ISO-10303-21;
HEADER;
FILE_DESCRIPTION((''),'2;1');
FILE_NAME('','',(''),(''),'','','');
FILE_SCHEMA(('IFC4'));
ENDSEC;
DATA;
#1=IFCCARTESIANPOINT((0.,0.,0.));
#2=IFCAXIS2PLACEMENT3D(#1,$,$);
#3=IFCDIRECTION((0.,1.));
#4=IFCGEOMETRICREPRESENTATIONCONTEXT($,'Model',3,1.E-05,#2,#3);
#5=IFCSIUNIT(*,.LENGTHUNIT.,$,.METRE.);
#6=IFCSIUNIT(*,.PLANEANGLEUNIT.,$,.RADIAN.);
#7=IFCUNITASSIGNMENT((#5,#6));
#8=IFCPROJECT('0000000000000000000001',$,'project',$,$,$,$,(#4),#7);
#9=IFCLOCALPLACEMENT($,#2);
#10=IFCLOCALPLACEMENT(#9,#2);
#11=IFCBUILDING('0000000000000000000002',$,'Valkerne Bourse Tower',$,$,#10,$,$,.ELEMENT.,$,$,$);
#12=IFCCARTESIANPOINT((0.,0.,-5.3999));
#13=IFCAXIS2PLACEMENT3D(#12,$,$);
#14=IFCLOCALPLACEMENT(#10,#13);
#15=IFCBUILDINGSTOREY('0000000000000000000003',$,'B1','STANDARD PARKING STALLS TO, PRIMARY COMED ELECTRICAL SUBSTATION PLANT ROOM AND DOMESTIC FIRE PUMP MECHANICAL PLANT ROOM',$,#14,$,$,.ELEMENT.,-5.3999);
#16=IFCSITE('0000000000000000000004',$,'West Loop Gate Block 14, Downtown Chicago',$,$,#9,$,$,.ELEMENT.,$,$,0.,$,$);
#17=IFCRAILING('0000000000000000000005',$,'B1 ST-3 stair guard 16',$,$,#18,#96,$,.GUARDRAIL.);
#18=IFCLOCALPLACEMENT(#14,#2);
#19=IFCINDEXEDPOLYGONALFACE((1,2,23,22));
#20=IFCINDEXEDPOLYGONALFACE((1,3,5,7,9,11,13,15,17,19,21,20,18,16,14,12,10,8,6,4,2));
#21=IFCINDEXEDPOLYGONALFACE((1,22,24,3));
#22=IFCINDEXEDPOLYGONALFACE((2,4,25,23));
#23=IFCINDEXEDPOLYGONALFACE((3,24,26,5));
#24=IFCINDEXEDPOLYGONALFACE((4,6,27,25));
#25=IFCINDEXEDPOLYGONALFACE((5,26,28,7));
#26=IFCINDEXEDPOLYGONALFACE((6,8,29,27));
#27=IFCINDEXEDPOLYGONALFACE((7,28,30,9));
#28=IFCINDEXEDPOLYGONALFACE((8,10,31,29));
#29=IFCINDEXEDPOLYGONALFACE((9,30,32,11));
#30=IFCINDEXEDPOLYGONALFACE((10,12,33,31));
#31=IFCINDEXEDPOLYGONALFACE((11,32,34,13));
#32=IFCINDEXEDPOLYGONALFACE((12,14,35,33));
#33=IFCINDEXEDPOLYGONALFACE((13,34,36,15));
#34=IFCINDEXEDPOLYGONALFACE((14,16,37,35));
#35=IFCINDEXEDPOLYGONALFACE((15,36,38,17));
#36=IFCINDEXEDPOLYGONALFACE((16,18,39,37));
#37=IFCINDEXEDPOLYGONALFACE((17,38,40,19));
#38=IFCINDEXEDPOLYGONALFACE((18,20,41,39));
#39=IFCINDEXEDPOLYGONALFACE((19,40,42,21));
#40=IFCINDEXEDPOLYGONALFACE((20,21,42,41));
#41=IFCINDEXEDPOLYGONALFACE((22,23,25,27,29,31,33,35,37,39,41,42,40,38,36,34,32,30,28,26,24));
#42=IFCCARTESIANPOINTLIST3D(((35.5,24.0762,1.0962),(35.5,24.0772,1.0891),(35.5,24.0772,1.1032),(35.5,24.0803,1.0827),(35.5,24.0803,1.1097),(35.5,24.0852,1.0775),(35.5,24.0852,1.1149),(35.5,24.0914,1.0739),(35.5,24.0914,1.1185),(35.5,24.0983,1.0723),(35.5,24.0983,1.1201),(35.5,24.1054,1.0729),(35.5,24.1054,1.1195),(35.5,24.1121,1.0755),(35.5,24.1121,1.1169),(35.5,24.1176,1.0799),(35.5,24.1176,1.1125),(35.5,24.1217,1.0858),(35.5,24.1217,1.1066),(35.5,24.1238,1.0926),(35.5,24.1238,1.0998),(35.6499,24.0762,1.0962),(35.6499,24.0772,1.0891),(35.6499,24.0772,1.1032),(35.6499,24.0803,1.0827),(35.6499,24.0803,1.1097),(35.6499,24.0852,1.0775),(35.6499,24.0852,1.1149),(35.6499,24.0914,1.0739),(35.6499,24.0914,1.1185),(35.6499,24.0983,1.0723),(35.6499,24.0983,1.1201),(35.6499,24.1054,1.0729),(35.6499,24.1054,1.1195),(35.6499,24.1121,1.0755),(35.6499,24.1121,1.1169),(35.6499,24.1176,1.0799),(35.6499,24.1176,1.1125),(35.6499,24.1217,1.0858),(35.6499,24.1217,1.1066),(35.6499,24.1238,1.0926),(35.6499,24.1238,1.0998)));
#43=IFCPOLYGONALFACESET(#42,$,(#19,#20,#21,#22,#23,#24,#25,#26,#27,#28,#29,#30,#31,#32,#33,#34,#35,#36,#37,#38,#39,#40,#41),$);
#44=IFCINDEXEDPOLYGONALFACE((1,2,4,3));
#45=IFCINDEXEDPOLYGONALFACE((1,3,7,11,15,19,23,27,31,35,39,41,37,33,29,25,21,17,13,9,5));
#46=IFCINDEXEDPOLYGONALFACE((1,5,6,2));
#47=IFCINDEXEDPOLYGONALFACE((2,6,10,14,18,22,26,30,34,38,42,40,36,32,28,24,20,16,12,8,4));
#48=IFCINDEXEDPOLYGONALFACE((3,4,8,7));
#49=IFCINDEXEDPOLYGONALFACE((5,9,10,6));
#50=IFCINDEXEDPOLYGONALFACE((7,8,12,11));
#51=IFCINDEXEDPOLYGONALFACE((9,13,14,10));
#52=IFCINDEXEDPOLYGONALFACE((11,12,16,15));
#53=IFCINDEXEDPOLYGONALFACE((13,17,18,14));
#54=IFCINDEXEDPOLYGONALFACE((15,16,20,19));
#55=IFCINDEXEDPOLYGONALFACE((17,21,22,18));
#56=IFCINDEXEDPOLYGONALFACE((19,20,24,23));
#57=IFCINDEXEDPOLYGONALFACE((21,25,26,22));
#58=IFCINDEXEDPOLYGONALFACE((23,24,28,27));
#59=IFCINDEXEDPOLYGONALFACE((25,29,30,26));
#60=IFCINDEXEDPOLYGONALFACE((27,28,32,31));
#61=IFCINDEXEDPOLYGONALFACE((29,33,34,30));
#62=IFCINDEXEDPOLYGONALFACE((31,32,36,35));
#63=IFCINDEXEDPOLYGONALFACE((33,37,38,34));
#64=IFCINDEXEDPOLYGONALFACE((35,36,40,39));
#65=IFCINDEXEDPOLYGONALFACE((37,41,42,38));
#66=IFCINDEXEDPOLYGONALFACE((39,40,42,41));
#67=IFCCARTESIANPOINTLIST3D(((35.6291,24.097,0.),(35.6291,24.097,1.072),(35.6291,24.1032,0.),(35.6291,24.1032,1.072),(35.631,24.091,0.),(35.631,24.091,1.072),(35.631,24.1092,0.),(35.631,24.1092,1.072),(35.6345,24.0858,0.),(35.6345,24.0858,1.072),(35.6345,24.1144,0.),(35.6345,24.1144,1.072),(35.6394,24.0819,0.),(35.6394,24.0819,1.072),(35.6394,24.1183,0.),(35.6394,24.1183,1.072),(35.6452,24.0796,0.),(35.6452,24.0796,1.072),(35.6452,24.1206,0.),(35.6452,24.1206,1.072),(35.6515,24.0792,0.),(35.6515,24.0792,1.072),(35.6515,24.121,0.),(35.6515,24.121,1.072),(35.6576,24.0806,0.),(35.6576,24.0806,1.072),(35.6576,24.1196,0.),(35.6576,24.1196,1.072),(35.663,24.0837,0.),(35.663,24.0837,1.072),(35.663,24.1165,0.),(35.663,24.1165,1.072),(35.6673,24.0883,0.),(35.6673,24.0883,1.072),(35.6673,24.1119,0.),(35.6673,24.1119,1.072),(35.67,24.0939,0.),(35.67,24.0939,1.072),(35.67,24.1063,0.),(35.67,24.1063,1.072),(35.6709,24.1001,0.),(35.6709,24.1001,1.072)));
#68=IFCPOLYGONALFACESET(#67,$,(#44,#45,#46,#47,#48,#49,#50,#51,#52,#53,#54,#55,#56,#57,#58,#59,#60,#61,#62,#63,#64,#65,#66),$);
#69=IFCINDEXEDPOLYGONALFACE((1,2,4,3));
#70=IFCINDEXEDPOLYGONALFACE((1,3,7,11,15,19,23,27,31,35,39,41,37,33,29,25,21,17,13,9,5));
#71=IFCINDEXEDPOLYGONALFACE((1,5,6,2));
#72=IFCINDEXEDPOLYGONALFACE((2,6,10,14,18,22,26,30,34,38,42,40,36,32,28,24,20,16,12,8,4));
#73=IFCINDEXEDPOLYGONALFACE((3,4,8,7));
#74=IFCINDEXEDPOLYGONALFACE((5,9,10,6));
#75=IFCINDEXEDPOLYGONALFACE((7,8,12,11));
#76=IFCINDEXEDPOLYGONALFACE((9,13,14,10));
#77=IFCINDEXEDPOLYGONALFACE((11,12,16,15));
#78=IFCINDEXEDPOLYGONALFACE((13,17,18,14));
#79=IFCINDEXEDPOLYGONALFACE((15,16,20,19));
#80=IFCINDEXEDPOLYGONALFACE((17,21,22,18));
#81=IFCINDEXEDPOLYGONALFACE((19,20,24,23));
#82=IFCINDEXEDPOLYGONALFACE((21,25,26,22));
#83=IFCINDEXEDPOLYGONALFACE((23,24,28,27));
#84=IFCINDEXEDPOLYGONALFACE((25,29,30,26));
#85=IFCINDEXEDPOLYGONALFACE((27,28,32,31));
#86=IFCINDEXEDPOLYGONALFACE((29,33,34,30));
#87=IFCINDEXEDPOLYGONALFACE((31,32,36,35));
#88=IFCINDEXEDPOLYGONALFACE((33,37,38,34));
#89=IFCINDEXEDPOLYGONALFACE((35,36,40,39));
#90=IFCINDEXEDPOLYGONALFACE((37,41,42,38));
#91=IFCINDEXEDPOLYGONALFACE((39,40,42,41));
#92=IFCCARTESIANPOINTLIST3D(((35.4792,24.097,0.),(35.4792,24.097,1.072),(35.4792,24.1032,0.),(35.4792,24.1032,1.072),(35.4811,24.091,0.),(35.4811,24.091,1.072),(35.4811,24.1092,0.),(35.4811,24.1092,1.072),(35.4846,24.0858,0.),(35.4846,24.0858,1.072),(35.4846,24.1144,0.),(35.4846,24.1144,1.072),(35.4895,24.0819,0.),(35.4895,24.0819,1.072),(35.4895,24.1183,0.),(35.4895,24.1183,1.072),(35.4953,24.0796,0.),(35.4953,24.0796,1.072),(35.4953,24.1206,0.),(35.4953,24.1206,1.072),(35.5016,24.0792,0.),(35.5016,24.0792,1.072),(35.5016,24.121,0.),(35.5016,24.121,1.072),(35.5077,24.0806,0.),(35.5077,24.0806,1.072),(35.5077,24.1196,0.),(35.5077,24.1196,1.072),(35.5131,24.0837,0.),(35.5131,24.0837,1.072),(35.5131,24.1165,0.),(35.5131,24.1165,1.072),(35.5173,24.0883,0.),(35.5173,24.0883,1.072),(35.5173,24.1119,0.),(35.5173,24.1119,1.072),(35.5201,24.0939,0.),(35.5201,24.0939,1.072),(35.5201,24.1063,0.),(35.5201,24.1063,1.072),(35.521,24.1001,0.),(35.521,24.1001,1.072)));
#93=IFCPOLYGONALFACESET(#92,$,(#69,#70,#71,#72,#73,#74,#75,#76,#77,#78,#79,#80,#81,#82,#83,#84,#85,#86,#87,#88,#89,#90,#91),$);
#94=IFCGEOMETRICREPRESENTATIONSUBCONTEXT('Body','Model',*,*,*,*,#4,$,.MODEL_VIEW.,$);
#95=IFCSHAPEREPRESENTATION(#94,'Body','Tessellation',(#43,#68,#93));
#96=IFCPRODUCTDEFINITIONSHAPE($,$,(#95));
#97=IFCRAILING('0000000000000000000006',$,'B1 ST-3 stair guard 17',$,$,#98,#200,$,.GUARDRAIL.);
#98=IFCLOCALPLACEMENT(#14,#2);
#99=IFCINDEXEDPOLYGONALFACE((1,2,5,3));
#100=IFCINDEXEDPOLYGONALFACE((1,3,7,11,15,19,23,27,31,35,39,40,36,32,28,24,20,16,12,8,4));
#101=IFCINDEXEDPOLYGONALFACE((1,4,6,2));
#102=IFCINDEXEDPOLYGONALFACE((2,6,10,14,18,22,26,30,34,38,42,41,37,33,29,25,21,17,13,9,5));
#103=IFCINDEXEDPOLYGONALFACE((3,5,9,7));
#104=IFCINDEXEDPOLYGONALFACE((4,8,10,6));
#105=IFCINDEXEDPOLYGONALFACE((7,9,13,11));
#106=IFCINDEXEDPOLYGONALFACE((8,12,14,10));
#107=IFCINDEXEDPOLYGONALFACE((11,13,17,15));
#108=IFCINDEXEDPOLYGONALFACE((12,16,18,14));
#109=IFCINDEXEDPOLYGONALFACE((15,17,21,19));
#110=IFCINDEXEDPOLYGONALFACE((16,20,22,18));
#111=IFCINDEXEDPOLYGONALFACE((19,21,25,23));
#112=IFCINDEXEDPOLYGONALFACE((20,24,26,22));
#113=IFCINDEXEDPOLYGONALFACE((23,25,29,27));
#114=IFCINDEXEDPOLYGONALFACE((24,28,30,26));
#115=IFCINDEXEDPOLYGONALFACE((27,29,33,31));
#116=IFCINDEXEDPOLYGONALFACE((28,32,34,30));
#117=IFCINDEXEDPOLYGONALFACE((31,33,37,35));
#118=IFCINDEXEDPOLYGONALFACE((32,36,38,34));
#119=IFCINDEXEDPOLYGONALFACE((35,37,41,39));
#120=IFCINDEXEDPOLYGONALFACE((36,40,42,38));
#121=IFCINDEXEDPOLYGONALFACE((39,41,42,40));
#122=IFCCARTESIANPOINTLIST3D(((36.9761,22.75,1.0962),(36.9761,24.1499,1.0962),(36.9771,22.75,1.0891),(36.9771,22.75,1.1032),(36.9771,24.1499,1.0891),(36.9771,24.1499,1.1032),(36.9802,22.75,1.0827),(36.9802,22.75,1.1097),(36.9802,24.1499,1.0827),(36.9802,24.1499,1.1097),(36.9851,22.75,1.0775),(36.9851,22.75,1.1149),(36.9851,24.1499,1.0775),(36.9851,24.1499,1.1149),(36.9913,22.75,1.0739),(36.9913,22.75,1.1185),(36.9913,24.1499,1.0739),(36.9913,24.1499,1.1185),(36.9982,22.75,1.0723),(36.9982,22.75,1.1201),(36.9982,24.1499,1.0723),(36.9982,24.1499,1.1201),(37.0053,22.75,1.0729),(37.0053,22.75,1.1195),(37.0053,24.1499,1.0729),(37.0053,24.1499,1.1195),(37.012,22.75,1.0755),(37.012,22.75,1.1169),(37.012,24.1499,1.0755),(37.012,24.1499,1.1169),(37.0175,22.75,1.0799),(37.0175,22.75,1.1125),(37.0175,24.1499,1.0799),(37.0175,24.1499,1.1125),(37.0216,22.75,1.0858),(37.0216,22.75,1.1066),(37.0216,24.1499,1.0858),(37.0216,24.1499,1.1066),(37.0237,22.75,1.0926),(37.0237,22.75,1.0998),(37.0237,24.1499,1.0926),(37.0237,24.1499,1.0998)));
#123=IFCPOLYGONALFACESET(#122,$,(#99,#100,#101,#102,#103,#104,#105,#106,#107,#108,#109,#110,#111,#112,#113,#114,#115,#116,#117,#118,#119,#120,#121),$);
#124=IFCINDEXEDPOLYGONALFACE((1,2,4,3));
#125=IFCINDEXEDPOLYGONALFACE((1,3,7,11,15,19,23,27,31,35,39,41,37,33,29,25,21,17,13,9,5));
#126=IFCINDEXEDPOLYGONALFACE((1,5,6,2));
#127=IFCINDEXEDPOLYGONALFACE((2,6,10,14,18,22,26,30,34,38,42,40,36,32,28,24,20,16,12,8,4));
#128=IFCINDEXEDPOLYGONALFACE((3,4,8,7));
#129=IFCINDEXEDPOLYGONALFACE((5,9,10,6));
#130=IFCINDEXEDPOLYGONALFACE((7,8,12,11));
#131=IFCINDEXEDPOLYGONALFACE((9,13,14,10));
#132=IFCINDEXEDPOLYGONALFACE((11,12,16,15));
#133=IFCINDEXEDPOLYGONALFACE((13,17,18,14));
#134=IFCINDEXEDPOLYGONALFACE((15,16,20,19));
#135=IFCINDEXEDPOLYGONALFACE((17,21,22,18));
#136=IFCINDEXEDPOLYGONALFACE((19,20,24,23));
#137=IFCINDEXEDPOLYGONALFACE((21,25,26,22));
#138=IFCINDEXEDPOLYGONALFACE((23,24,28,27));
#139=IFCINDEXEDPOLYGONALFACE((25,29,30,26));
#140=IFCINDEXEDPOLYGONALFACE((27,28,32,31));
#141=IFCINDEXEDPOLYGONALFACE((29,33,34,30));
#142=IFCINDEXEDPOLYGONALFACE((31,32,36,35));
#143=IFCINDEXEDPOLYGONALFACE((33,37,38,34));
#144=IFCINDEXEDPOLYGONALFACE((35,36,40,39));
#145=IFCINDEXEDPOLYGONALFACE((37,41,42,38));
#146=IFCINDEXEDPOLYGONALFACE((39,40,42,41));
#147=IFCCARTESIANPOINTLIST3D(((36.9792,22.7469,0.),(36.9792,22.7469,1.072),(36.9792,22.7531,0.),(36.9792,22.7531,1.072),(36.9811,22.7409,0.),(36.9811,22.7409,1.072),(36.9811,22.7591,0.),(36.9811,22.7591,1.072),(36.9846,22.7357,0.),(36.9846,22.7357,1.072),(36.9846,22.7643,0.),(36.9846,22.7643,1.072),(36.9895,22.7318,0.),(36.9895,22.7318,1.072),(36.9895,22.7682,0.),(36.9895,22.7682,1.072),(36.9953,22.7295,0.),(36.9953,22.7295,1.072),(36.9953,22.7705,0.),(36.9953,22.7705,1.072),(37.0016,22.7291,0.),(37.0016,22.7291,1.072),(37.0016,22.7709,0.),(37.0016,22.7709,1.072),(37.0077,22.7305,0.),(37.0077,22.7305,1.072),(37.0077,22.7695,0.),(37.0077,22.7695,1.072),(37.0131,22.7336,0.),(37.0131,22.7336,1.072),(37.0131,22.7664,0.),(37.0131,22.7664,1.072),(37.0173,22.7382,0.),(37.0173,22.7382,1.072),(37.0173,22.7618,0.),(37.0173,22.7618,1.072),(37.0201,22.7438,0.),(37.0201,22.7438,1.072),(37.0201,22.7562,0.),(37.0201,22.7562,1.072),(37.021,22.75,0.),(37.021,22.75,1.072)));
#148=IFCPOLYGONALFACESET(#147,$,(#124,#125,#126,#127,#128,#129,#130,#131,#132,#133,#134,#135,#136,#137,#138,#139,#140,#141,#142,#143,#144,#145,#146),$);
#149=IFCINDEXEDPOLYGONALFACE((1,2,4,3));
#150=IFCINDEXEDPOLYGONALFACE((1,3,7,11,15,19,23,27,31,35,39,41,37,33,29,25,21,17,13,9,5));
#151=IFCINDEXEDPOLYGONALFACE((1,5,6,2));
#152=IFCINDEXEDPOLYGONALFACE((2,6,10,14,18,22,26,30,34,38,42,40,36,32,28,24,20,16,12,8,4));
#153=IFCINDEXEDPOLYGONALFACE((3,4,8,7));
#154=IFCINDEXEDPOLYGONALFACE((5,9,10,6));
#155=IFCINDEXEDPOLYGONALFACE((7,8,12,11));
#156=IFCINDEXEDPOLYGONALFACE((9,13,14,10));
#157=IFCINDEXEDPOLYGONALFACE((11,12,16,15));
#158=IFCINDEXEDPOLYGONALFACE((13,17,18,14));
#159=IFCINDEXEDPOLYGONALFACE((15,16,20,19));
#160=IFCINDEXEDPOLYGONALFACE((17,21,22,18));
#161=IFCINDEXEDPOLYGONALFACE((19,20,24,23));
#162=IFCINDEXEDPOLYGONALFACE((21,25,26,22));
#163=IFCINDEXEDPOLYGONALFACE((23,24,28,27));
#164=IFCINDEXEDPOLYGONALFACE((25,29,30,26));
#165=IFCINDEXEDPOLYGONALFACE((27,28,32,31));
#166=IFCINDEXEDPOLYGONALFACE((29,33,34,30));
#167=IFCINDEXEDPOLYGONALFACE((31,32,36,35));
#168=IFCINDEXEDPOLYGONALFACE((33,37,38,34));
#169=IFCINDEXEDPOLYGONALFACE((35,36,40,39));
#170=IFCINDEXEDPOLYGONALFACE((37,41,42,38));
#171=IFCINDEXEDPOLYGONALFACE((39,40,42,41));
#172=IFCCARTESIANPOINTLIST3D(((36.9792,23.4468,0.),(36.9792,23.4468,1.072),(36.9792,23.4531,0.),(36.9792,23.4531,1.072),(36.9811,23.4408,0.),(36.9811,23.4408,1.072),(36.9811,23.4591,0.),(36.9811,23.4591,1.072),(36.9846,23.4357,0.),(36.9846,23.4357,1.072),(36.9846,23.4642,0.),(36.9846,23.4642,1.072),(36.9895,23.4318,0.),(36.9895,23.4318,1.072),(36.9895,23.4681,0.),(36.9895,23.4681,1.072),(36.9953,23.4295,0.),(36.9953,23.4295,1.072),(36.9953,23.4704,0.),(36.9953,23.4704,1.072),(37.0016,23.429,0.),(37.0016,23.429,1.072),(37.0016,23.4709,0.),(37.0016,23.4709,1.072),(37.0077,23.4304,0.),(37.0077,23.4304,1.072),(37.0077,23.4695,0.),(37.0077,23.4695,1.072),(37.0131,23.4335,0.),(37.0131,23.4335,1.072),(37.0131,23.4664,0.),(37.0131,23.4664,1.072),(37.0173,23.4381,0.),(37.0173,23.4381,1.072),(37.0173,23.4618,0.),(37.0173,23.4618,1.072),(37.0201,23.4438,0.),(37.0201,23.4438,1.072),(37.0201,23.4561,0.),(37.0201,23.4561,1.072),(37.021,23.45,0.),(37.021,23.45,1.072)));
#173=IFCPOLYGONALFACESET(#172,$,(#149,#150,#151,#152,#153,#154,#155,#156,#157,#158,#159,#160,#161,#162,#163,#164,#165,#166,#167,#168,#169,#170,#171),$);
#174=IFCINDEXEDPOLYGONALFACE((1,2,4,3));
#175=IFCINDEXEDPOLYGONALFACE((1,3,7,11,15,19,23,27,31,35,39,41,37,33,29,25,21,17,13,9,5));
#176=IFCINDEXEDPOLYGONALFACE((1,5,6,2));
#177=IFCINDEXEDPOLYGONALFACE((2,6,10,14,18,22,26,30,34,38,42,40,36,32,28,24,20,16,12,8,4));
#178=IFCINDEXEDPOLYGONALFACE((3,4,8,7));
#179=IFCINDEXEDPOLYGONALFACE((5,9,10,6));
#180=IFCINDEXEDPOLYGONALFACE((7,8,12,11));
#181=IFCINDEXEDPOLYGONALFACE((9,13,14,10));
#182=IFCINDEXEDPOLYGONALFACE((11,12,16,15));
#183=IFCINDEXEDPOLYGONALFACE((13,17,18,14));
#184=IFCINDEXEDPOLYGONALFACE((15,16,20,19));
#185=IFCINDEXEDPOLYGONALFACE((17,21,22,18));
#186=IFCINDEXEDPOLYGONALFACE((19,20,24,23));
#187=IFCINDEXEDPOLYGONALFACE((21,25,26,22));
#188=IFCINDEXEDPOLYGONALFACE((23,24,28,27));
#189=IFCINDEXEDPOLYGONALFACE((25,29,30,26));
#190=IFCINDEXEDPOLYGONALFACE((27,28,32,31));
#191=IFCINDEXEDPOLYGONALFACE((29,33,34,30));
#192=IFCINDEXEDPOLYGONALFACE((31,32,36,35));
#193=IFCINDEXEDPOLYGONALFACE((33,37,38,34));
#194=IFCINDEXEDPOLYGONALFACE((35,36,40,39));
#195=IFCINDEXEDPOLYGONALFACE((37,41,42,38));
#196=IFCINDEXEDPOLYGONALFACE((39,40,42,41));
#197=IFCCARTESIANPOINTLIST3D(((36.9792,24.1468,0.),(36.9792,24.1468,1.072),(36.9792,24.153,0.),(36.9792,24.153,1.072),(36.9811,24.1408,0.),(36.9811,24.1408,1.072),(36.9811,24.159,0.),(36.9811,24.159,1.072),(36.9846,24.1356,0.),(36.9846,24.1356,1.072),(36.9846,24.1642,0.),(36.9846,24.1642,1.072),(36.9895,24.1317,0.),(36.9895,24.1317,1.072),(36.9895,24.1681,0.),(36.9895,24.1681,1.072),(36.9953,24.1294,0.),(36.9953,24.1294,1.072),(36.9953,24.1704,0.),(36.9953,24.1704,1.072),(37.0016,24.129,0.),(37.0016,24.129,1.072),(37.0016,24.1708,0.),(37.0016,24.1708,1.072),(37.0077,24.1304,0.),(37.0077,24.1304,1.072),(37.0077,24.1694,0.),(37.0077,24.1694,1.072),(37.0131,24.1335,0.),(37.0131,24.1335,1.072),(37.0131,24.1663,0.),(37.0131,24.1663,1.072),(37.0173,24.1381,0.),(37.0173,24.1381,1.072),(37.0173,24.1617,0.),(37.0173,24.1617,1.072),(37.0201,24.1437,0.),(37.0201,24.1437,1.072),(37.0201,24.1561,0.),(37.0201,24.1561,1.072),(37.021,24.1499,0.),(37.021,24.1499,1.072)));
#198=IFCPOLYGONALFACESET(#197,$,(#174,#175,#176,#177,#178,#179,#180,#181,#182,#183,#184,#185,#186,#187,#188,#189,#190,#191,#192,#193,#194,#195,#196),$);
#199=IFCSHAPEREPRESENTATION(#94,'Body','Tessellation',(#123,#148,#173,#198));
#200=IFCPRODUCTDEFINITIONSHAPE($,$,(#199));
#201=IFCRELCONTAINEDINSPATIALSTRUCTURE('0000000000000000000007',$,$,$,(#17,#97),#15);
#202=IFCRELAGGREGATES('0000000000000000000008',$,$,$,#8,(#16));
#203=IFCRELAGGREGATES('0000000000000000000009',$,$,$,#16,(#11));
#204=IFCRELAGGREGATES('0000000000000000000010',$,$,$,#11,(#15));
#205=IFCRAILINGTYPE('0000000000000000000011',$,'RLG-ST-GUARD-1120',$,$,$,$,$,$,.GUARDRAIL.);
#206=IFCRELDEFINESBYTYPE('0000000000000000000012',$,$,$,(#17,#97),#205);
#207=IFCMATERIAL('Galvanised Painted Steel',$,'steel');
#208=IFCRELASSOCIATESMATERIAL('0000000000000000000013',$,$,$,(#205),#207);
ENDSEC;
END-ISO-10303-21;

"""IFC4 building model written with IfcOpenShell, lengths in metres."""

from ifc_helpers import new_model, si_unit, direction, frame, origin, origin_2d, place, context, subcontext, project, spatial, circle, extrude, material, type_object, element, save


model = new_model("IFC4")

# Units and contexts
model_context = context("Model", 3, precision=1e-05, world=origin(), true_north=direction((0.0, 1.0)))
body_context = subcontext(model_context, "Body", "Model", "MODEL_VIEW")
ifc_project = project(units=[si_unit("LENGTHUNIT", "METRE"), si_unit("PLANEANGLEUNIT", "RADIAN")], contexts=[model_context])

# Site, building, storey
site_placement = place(None, origin())
site = spatial("IfcSite", under=ifc_project, at=site_placement, Name="West Loop Gate Block 14, Downtown Chicago", CompositionType="ELEMENT", RefElevation=0.0)
building_placement = place(site_placement, origin())
building = spatial("IfcBuilding", under=site, at=building_placement, Name="Valkerne Bourse Tower", CompositionType="ELEMENT")
storey_placement = place(building_placement, frame((0.0, 0.0, -5.3999)))
storey = spatial("IfcBuildingStorey", under=building, at=storey_placement, Name="B1", Description="STANDARD PARKING STALLS TO, PRIMARY COMED ELECTRICAL SUBSTATION PLANT ROOM AND DOMESTIC FIRE PUMP MECHANICAL PLANT ROOM", CompositionType="ELEMENT", Elevation=-5.3999)

# Shared definitions
ifc_material_1 = material(Name="Galvanised Painted Steel", Category="steel")

# Railings
railing_type_1 = type_object("IfcRailingType", Name="RLG-ST-GUARD-1120", PredefinedType="GUARDRAIL", material=ifc_material_1)
railing_1_placement = place(storey_placement, frame((35.6499, 24.1001, 0.0)))
element("IfcRailing", 1, at=railing_1_placement, inside=storey, type_object=railing_type_1, Name="B1 ST-3 stair guard 16", PredefinedType="GUARDRAIL", context=body_context, shape_type="SweptSolid", body=[
    extrude(circle(Radius=0.0239, at=origin_2d()), frame((0.0, 0.0, 1.0962), z_axis=(-1.0, 0.0, 0.0), x_axis=(0.0, -1.0, 0.0)), (0.0, 0.0, 1.0), 0.1499),
    extrude(circle(Radius=0.021, at=origin_2d()), origin(), (0.0, 0.0, 1.0), 1.072),
    extrude(circle(Radius=0.021, at=origin_2d()), frame((-0.1499, 0.0, 0.0)), (0.0, 0.0, 1.0), 1.072),
])
for number, where, name in (
    (2, (37.0, 22.75, 0.0), "B1 ST-3 stair guard 17"),
):
    element("IfcRailing", number, at=place(storey_placement, frame(where)), inside=storey, type_object=railing_type_1, Name=name, PredefinedType="GUARDRAIL", context=body_context, shape_type="SweptSolid", body=[
        extrude(circle(Radius=0.0239, at=origin_2d()), frame((0.0, 0.0, 1.0962), z_axis=(0.0, 1.0, 0.0), x_axis=(-1.0, 0.0, 0.0)), (0.0, 0.0, 1.0), 1.3999),
        extrude(circle(Radius=0.021, at=origin_2d()), origin(), (0.0, 0.0, 1.0), 1.072),
        extrude(circle(Radius=0.021, at=origin_2d()), frame((0.0, 0.7, 0.0)), (0.0, 0.0, 1.0), 1.072),
        extrude(circle(Radius=0.021, at=origin_2d()), frame((0.0, 1.3999, 0.0)), (0.0, 0.0, 1.0), 1.072),
    ])

save(model, "model.ifc")
